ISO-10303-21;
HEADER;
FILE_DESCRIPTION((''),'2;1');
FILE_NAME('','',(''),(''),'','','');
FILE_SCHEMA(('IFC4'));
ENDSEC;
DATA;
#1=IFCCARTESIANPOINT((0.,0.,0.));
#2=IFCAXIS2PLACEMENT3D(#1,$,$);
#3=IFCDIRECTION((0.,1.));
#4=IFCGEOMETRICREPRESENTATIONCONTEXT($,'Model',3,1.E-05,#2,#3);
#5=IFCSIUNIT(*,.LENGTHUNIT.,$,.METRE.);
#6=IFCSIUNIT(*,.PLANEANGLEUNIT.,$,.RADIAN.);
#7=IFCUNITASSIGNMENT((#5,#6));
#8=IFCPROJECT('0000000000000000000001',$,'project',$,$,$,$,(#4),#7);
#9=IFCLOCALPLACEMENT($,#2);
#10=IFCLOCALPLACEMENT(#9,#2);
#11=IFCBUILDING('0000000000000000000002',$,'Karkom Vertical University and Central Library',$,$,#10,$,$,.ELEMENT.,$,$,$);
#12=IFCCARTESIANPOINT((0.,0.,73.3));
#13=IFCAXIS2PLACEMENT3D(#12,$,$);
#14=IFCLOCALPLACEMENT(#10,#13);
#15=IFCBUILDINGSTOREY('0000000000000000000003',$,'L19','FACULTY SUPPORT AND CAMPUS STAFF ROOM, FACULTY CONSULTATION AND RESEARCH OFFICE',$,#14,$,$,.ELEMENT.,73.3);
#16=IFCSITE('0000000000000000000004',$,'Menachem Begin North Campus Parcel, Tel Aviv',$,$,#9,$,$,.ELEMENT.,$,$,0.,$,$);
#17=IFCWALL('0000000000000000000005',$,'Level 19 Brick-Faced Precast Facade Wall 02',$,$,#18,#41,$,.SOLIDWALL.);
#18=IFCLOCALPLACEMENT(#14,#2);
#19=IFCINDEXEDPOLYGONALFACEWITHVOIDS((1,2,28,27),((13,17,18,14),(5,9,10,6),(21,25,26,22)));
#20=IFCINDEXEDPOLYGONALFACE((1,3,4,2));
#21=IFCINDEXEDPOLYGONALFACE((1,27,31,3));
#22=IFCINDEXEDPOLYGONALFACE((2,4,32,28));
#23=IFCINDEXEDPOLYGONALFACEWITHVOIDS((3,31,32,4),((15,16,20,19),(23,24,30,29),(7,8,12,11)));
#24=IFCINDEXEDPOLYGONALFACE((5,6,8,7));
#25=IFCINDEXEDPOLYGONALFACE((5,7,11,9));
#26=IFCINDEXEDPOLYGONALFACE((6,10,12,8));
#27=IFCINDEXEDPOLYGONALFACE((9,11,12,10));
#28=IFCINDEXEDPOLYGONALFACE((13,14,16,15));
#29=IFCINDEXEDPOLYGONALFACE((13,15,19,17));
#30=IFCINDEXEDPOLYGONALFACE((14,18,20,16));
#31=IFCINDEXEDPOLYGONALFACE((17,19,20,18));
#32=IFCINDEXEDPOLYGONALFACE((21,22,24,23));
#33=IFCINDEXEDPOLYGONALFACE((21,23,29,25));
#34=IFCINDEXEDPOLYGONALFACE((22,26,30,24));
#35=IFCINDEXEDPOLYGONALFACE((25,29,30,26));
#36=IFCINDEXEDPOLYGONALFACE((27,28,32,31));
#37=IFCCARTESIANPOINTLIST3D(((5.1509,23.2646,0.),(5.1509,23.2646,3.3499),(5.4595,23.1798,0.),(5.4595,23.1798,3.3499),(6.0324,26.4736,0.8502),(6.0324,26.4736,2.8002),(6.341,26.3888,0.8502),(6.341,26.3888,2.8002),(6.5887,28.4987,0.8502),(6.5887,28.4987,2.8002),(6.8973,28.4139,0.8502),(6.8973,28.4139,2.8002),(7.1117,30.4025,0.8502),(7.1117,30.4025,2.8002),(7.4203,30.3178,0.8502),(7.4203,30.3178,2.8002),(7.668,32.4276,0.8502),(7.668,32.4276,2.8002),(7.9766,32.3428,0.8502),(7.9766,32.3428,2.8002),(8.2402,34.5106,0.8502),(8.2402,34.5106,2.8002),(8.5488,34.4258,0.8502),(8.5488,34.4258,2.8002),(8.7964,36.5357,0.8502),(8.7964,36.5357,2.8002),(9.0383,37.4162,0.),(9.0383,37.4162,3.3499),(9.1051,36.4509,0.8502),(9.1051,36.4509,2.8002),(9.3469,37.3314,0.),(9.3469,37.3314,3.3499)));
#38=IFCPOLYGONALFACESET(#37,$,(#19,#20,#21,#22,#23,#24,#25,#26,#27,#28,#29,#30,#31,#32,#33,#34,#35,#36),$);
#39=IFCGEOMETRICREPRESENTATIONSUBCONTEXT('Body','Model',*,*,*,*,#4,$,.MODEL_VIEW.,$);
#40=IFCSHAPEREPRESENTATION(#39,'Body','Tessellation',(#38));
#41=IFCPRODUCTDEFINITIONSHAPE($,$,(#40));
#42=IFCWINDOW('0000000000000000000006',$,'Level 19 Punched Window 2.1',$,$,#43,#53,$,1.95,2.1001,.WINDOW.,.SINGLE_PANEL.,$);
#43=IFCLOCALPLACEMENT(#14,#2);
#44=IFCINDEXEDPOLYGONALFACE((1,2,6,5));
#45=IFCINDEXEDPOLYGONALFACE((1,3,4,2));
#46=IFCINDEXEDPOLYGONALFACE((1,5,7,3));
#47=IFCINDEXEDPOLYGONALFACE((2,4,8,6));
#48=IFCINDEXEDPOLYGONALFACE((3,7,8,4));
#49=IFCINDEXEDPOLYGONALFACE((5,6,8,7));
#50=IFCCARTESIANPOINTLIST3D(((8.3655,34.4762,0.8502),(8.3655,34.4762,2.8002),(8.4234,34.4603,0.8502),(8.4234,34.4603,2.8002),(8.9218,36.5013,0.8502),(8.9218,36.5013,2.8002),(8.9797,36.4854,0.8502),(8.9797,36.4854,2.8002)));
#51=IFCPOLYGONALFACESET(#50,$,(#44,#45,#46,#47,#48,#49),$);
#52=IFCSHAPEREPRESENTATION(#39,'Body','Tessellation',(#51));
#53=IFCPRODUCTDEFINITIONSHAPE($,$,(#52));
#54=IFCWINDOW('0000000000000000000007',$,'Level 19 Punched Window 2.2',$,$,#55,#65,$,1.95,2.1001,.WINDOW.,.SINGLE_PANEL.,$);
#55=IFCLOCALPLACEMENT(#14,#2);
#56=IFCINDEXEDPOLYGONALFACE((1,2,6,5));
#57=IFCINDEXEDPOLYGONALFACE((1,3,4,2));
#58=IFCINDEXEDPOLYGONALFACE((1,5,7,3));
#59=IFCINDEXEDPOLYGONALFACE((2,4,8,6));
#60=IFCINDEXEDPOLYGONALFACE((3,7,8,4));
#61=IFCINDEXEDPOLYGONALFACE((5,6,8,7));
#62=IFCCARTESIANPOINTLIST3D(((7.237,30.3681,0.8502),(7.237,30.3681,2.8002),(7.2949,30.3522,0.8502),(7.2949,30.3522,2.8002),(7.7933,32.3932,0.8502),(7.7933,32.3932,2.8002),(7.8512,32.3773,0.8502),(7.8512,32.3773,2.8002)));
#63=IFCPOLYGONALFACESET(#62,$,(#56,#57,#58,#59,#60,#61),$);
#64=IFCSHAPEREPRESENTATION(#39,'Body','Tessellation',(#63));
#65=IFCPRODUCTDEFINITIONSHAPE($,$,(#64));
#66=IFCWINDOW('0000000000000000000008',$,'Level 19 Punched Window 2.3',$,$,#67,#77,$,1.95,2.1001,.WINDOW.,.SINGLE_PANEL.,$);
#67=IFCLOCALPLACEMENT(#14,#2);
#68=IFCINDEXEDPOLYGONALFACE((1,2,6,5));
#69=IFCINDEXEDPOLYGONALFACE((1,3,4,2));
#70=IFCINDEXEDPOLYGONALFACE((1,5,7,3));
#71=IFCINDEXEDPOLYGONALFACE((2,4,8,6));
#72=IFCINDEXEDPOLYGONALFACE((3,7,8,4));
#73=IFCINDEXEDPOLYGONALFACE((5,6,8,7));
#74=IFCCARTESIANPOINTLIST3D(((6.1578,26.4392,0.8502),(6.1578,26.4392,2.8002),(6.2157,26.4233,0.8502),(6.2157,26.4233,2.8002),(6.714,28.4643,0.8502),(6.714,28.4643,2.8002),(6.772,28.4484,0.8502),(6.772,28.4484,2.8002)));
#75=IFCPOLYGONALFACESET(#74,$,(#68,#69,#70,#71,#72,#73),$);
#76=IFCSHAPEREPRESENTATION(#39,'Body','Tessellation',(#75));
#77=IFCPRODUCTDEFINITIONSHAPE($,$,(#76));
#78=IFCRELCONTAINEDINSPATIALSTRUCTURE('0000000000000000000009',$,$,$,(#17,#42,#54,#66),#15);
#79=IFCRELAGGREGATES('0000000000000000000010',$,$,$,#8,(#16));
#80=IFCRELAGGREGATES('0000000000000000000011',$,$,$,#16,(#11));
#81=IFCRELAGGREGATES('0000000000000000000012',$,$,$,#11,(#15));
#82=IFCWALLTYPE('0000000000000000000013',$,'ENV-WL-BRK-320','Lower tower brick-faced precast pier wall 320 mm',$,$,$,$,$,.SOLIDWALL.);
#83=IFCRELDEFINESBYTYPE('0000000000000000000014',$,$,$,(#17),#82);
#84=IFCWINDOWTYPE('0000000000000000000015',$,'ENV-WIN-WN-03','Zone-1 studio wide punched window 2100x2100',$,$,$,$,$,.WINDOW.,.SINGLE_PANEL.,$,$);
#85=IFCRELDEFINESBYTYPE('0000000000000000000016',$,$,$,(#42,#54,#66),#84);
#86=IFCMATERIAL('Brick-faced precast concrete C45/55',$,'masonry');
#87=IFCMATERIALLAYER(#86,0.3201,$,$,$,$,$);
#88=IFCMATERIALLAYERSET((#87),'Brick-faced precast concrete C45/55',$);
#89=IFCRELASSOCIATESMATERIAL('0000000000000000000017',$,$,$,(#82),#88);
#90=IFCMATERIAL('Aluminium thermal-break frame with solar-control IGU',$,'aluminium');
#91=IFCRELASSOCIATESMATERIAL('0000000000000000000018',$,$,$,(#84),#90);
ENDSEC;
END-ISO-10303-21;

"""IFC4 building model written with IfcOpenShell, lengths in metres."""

from ifc_helpers import new_model, si_unit, direction, frame, frame_2d, origin, origin_with_axes, place, context, subcontext, project, spatial, rectangle, extrude, source, transform, mapped, material, layer, layer_set, type_object, element, fill, save


model = new_model("IFC4")

# Units and contexts
model_context = context("Model", 3, precision=1e-05, world=origin(), true_north=direction((0.0, 1.0)))
body_context = subcontext(model_context, "Body", "Model", "MODEL_VIEW")
ifc_project = project(units=[si_unit("LENGTHUNIT", "METRE"), si_unit("PLANEANGLEUNIT", "RADIAN")], contexts=[model_context])

# Site, building, storey
site_placement = place(None, origin())
site = spatial("IfcSite", under=ifc_project, at=site_placement, Name="Menachem Begin North Campus Parcel, Tel Aviv", CompositionType="ELEMENT", RefElevation=0.0)
building_placement = place(site_placement, origin())
building = spatial("IfcBuilding", under=site, at=building_placement, Name="Karkom Vertical University and Central Library", CompositionType="ELEMENT")
storey_placement = place(building_placement, frame((0.0, 0.0, 73.3)))
storey = spatial("IfcBuildingStorey", under=building, at=storey_placement, Name="L19", Description="FACULTY SUPPORT AND CAMPUS STAFF ROOM, FACULTY CONSULTATION AND RESEARCH OFFICE", CompositionType="ELEMENT", Elevation=73.3)

# Wall, openings, windows
ifc_material_1 = material(Name="Brick-faced precast concrete C45/55", Category="masonry")
ifc_layer_1 = layer(ifc_material_1, 0.3201)
ifc_layer_set_1 = layer_set([ifc_layer_1], Name="Brick-faced precast concrete C45/55")
wall_type_1 = type_object("IfcWallType", Name="ENV-WL-BRK-320", Description="Lower tower brick-faced precast pier wall 320 mm", PredefinedType="SOLIDWALL", material=ifc_layer_set_1)
ifc_material_2 = material(Name="Aluminium thermal-break frame with solar-control IGU", Category="aluminium")
window_type = type_object("IfcWindowType", Name="ENV-WIN-WN-03", Description="Zone-1 studio wide punched window 2100x2100", PartitioningType="SINGLE_PANEL", PredefinedType="WINDOW", material=ifc_material_2)
shared_shape_1 = source(origin_with_axes(), body_context, "Body", "SweptSolid", [
    extrude(rectangle(XDim=2.1001, YDim=1.95, at=frame_2d((1.05, 0.9751))), frame((0.0, 0.03, 0.0), z_axis=(0.0, -1.0, 0.0), x_axis=(1.0, 0.0, 0.0)), (0.0, 0.0, 1.0), 0.0601),
])
wall_1_placement = place(storey_placement, frame((9.1926, 37.3738, 0.0), z_axis=(0.0, 0.0, 1.0), x_axis=(-0.264888, -0.964279, 0.0)))
wall_1 = element("IfcWall", 1, at=wall_1_placement, inside=storey, type_object=wall_type_1, Name="Level 19 Brick-Faced Precast Facade Wall 02", PredefinedType="SOLIDWALL", context=body_context, shape_type="SweptSolid", body=[
    extrude(rectangle(XDim=14.6758, YDim=0.3201, at=frame_2d((7.3379, 0.0))), origin(), (0.0, 0.0, 1.0), 3.3499),
])
opening_1_placement = place(wall_1_placement, frame((0.9131, 0.0, 0.8501)))
opening_1 = element("IfcOpeningElement", 2, at=opening_1_placement, cuts=wall_1, PredefinedType="OPENING", context=body_context, shape_type="SweptSolid", body=[
    extrude(rectangle(XDim=2.1001, YDim=1.95, at=frame_2d((1.05, 0.9751))), frame((0.0, 0.1699, 0.0), z_axis=(0.0, -1.0, 0.0), x_axis=(1.0, 0.0, 0.0)), (0.0, 0.0, 1.0), 0.3401),
])
opening_2_placement = place(wall_1_placement, frame((5.1733, 0.0, 0.8501)))
opening_2 = element("IfcOpeningElement", 3, at=opening_2_placement, cuts=wall_1, PredefinedType="OPENING", context=body_context, shape_type="SweptSolid", body=[
    extrude(rectangle(XDim=2.1001, YDim=1.95, at=frame_2d((1.05, 0.9751))), frame((0.0, 0.1699, 0.0), z_axis=(0.0, -1.0, 0.0), x_axis=(1.0, 0.0, 0.0)), (0.0, 0.0, 1.0), 0.3401),
])
opening_3_placement = place(wall_1_placement, frame((9.2478, 0.0, 0.8501)))
opening_3 = element("IfcOpeningElement", 4, at=opening_3_placement, cuts=wall_1, PredefinedType="OPENING", context=body_context, shape_type="SweptSolid", body=[
    extrude(rectangle(XDim=2.1001, YDim=1.95, at=frame_2d((1.05, 0.9751))), frame((0.0, 0.1699, 0.0), z_axis=(0.0, -1.0, 0.0), x_axis=(1.0, 0.0, 0.0)), (0.0, 0.0, 1.0), 0.3401),
])
window_1_placement = place(opening_1_placement, origin())
window_1 = element("IfcWindow", 5, at=window_1_placement, inside=storey, type_object=window_type, Name="Level 19 Punched Window 2.1", OverallHeight=1.95, OverallWidth=2.1001, PartitioningType="SINGLE_PANEL", PredefinedType="WINDOW", context=body_context, shape_type="MappedRepresentation", body=[
    mapped(shared_shape_1, transform((0.0, 0.0, 0.0), scale=1.0)),
])
fill(opening_1, window_1)
window_2_placement = place(opening_2_placement, origin())
window_2 = element("IfcWindow", 6, at=window_2_placement, inside=storey, type_object=window_type, Name="Level 19 Punched Window 2.2", OverallHeight=1.95, OverallWidth=2.1001, PartitioningType="SINGLE_PANEL", PredefinedType="WINDOW", context=body_context, shape_type="MappedRepresentation", body=[
    mapped(shared_shape_1, transform((0.0, 0.0, 0.0), scale=1.0)),
])
fill(opening_2, window_2)
window_3_placement = place(opening_3_placement, origin())
window_3 = element("IfcWindow", 7, at=window_3_placement, inside=storey, type_object=window_type, Name="Level 19 Punched Window 2.3", OverallHeight=1.95, OverallWidth=2.1001, PartitioningType="SINGLE_PANEL", PredefinedType="WINDOW", context=body_context, shape_type="MappedRepresentation", body=[
    mapped(shared_shape_1, transform((0.0, 0.0, 0.0), scale=1.0)),
])
fill(opening_3, window_3)

save(model, "model.ifc")
